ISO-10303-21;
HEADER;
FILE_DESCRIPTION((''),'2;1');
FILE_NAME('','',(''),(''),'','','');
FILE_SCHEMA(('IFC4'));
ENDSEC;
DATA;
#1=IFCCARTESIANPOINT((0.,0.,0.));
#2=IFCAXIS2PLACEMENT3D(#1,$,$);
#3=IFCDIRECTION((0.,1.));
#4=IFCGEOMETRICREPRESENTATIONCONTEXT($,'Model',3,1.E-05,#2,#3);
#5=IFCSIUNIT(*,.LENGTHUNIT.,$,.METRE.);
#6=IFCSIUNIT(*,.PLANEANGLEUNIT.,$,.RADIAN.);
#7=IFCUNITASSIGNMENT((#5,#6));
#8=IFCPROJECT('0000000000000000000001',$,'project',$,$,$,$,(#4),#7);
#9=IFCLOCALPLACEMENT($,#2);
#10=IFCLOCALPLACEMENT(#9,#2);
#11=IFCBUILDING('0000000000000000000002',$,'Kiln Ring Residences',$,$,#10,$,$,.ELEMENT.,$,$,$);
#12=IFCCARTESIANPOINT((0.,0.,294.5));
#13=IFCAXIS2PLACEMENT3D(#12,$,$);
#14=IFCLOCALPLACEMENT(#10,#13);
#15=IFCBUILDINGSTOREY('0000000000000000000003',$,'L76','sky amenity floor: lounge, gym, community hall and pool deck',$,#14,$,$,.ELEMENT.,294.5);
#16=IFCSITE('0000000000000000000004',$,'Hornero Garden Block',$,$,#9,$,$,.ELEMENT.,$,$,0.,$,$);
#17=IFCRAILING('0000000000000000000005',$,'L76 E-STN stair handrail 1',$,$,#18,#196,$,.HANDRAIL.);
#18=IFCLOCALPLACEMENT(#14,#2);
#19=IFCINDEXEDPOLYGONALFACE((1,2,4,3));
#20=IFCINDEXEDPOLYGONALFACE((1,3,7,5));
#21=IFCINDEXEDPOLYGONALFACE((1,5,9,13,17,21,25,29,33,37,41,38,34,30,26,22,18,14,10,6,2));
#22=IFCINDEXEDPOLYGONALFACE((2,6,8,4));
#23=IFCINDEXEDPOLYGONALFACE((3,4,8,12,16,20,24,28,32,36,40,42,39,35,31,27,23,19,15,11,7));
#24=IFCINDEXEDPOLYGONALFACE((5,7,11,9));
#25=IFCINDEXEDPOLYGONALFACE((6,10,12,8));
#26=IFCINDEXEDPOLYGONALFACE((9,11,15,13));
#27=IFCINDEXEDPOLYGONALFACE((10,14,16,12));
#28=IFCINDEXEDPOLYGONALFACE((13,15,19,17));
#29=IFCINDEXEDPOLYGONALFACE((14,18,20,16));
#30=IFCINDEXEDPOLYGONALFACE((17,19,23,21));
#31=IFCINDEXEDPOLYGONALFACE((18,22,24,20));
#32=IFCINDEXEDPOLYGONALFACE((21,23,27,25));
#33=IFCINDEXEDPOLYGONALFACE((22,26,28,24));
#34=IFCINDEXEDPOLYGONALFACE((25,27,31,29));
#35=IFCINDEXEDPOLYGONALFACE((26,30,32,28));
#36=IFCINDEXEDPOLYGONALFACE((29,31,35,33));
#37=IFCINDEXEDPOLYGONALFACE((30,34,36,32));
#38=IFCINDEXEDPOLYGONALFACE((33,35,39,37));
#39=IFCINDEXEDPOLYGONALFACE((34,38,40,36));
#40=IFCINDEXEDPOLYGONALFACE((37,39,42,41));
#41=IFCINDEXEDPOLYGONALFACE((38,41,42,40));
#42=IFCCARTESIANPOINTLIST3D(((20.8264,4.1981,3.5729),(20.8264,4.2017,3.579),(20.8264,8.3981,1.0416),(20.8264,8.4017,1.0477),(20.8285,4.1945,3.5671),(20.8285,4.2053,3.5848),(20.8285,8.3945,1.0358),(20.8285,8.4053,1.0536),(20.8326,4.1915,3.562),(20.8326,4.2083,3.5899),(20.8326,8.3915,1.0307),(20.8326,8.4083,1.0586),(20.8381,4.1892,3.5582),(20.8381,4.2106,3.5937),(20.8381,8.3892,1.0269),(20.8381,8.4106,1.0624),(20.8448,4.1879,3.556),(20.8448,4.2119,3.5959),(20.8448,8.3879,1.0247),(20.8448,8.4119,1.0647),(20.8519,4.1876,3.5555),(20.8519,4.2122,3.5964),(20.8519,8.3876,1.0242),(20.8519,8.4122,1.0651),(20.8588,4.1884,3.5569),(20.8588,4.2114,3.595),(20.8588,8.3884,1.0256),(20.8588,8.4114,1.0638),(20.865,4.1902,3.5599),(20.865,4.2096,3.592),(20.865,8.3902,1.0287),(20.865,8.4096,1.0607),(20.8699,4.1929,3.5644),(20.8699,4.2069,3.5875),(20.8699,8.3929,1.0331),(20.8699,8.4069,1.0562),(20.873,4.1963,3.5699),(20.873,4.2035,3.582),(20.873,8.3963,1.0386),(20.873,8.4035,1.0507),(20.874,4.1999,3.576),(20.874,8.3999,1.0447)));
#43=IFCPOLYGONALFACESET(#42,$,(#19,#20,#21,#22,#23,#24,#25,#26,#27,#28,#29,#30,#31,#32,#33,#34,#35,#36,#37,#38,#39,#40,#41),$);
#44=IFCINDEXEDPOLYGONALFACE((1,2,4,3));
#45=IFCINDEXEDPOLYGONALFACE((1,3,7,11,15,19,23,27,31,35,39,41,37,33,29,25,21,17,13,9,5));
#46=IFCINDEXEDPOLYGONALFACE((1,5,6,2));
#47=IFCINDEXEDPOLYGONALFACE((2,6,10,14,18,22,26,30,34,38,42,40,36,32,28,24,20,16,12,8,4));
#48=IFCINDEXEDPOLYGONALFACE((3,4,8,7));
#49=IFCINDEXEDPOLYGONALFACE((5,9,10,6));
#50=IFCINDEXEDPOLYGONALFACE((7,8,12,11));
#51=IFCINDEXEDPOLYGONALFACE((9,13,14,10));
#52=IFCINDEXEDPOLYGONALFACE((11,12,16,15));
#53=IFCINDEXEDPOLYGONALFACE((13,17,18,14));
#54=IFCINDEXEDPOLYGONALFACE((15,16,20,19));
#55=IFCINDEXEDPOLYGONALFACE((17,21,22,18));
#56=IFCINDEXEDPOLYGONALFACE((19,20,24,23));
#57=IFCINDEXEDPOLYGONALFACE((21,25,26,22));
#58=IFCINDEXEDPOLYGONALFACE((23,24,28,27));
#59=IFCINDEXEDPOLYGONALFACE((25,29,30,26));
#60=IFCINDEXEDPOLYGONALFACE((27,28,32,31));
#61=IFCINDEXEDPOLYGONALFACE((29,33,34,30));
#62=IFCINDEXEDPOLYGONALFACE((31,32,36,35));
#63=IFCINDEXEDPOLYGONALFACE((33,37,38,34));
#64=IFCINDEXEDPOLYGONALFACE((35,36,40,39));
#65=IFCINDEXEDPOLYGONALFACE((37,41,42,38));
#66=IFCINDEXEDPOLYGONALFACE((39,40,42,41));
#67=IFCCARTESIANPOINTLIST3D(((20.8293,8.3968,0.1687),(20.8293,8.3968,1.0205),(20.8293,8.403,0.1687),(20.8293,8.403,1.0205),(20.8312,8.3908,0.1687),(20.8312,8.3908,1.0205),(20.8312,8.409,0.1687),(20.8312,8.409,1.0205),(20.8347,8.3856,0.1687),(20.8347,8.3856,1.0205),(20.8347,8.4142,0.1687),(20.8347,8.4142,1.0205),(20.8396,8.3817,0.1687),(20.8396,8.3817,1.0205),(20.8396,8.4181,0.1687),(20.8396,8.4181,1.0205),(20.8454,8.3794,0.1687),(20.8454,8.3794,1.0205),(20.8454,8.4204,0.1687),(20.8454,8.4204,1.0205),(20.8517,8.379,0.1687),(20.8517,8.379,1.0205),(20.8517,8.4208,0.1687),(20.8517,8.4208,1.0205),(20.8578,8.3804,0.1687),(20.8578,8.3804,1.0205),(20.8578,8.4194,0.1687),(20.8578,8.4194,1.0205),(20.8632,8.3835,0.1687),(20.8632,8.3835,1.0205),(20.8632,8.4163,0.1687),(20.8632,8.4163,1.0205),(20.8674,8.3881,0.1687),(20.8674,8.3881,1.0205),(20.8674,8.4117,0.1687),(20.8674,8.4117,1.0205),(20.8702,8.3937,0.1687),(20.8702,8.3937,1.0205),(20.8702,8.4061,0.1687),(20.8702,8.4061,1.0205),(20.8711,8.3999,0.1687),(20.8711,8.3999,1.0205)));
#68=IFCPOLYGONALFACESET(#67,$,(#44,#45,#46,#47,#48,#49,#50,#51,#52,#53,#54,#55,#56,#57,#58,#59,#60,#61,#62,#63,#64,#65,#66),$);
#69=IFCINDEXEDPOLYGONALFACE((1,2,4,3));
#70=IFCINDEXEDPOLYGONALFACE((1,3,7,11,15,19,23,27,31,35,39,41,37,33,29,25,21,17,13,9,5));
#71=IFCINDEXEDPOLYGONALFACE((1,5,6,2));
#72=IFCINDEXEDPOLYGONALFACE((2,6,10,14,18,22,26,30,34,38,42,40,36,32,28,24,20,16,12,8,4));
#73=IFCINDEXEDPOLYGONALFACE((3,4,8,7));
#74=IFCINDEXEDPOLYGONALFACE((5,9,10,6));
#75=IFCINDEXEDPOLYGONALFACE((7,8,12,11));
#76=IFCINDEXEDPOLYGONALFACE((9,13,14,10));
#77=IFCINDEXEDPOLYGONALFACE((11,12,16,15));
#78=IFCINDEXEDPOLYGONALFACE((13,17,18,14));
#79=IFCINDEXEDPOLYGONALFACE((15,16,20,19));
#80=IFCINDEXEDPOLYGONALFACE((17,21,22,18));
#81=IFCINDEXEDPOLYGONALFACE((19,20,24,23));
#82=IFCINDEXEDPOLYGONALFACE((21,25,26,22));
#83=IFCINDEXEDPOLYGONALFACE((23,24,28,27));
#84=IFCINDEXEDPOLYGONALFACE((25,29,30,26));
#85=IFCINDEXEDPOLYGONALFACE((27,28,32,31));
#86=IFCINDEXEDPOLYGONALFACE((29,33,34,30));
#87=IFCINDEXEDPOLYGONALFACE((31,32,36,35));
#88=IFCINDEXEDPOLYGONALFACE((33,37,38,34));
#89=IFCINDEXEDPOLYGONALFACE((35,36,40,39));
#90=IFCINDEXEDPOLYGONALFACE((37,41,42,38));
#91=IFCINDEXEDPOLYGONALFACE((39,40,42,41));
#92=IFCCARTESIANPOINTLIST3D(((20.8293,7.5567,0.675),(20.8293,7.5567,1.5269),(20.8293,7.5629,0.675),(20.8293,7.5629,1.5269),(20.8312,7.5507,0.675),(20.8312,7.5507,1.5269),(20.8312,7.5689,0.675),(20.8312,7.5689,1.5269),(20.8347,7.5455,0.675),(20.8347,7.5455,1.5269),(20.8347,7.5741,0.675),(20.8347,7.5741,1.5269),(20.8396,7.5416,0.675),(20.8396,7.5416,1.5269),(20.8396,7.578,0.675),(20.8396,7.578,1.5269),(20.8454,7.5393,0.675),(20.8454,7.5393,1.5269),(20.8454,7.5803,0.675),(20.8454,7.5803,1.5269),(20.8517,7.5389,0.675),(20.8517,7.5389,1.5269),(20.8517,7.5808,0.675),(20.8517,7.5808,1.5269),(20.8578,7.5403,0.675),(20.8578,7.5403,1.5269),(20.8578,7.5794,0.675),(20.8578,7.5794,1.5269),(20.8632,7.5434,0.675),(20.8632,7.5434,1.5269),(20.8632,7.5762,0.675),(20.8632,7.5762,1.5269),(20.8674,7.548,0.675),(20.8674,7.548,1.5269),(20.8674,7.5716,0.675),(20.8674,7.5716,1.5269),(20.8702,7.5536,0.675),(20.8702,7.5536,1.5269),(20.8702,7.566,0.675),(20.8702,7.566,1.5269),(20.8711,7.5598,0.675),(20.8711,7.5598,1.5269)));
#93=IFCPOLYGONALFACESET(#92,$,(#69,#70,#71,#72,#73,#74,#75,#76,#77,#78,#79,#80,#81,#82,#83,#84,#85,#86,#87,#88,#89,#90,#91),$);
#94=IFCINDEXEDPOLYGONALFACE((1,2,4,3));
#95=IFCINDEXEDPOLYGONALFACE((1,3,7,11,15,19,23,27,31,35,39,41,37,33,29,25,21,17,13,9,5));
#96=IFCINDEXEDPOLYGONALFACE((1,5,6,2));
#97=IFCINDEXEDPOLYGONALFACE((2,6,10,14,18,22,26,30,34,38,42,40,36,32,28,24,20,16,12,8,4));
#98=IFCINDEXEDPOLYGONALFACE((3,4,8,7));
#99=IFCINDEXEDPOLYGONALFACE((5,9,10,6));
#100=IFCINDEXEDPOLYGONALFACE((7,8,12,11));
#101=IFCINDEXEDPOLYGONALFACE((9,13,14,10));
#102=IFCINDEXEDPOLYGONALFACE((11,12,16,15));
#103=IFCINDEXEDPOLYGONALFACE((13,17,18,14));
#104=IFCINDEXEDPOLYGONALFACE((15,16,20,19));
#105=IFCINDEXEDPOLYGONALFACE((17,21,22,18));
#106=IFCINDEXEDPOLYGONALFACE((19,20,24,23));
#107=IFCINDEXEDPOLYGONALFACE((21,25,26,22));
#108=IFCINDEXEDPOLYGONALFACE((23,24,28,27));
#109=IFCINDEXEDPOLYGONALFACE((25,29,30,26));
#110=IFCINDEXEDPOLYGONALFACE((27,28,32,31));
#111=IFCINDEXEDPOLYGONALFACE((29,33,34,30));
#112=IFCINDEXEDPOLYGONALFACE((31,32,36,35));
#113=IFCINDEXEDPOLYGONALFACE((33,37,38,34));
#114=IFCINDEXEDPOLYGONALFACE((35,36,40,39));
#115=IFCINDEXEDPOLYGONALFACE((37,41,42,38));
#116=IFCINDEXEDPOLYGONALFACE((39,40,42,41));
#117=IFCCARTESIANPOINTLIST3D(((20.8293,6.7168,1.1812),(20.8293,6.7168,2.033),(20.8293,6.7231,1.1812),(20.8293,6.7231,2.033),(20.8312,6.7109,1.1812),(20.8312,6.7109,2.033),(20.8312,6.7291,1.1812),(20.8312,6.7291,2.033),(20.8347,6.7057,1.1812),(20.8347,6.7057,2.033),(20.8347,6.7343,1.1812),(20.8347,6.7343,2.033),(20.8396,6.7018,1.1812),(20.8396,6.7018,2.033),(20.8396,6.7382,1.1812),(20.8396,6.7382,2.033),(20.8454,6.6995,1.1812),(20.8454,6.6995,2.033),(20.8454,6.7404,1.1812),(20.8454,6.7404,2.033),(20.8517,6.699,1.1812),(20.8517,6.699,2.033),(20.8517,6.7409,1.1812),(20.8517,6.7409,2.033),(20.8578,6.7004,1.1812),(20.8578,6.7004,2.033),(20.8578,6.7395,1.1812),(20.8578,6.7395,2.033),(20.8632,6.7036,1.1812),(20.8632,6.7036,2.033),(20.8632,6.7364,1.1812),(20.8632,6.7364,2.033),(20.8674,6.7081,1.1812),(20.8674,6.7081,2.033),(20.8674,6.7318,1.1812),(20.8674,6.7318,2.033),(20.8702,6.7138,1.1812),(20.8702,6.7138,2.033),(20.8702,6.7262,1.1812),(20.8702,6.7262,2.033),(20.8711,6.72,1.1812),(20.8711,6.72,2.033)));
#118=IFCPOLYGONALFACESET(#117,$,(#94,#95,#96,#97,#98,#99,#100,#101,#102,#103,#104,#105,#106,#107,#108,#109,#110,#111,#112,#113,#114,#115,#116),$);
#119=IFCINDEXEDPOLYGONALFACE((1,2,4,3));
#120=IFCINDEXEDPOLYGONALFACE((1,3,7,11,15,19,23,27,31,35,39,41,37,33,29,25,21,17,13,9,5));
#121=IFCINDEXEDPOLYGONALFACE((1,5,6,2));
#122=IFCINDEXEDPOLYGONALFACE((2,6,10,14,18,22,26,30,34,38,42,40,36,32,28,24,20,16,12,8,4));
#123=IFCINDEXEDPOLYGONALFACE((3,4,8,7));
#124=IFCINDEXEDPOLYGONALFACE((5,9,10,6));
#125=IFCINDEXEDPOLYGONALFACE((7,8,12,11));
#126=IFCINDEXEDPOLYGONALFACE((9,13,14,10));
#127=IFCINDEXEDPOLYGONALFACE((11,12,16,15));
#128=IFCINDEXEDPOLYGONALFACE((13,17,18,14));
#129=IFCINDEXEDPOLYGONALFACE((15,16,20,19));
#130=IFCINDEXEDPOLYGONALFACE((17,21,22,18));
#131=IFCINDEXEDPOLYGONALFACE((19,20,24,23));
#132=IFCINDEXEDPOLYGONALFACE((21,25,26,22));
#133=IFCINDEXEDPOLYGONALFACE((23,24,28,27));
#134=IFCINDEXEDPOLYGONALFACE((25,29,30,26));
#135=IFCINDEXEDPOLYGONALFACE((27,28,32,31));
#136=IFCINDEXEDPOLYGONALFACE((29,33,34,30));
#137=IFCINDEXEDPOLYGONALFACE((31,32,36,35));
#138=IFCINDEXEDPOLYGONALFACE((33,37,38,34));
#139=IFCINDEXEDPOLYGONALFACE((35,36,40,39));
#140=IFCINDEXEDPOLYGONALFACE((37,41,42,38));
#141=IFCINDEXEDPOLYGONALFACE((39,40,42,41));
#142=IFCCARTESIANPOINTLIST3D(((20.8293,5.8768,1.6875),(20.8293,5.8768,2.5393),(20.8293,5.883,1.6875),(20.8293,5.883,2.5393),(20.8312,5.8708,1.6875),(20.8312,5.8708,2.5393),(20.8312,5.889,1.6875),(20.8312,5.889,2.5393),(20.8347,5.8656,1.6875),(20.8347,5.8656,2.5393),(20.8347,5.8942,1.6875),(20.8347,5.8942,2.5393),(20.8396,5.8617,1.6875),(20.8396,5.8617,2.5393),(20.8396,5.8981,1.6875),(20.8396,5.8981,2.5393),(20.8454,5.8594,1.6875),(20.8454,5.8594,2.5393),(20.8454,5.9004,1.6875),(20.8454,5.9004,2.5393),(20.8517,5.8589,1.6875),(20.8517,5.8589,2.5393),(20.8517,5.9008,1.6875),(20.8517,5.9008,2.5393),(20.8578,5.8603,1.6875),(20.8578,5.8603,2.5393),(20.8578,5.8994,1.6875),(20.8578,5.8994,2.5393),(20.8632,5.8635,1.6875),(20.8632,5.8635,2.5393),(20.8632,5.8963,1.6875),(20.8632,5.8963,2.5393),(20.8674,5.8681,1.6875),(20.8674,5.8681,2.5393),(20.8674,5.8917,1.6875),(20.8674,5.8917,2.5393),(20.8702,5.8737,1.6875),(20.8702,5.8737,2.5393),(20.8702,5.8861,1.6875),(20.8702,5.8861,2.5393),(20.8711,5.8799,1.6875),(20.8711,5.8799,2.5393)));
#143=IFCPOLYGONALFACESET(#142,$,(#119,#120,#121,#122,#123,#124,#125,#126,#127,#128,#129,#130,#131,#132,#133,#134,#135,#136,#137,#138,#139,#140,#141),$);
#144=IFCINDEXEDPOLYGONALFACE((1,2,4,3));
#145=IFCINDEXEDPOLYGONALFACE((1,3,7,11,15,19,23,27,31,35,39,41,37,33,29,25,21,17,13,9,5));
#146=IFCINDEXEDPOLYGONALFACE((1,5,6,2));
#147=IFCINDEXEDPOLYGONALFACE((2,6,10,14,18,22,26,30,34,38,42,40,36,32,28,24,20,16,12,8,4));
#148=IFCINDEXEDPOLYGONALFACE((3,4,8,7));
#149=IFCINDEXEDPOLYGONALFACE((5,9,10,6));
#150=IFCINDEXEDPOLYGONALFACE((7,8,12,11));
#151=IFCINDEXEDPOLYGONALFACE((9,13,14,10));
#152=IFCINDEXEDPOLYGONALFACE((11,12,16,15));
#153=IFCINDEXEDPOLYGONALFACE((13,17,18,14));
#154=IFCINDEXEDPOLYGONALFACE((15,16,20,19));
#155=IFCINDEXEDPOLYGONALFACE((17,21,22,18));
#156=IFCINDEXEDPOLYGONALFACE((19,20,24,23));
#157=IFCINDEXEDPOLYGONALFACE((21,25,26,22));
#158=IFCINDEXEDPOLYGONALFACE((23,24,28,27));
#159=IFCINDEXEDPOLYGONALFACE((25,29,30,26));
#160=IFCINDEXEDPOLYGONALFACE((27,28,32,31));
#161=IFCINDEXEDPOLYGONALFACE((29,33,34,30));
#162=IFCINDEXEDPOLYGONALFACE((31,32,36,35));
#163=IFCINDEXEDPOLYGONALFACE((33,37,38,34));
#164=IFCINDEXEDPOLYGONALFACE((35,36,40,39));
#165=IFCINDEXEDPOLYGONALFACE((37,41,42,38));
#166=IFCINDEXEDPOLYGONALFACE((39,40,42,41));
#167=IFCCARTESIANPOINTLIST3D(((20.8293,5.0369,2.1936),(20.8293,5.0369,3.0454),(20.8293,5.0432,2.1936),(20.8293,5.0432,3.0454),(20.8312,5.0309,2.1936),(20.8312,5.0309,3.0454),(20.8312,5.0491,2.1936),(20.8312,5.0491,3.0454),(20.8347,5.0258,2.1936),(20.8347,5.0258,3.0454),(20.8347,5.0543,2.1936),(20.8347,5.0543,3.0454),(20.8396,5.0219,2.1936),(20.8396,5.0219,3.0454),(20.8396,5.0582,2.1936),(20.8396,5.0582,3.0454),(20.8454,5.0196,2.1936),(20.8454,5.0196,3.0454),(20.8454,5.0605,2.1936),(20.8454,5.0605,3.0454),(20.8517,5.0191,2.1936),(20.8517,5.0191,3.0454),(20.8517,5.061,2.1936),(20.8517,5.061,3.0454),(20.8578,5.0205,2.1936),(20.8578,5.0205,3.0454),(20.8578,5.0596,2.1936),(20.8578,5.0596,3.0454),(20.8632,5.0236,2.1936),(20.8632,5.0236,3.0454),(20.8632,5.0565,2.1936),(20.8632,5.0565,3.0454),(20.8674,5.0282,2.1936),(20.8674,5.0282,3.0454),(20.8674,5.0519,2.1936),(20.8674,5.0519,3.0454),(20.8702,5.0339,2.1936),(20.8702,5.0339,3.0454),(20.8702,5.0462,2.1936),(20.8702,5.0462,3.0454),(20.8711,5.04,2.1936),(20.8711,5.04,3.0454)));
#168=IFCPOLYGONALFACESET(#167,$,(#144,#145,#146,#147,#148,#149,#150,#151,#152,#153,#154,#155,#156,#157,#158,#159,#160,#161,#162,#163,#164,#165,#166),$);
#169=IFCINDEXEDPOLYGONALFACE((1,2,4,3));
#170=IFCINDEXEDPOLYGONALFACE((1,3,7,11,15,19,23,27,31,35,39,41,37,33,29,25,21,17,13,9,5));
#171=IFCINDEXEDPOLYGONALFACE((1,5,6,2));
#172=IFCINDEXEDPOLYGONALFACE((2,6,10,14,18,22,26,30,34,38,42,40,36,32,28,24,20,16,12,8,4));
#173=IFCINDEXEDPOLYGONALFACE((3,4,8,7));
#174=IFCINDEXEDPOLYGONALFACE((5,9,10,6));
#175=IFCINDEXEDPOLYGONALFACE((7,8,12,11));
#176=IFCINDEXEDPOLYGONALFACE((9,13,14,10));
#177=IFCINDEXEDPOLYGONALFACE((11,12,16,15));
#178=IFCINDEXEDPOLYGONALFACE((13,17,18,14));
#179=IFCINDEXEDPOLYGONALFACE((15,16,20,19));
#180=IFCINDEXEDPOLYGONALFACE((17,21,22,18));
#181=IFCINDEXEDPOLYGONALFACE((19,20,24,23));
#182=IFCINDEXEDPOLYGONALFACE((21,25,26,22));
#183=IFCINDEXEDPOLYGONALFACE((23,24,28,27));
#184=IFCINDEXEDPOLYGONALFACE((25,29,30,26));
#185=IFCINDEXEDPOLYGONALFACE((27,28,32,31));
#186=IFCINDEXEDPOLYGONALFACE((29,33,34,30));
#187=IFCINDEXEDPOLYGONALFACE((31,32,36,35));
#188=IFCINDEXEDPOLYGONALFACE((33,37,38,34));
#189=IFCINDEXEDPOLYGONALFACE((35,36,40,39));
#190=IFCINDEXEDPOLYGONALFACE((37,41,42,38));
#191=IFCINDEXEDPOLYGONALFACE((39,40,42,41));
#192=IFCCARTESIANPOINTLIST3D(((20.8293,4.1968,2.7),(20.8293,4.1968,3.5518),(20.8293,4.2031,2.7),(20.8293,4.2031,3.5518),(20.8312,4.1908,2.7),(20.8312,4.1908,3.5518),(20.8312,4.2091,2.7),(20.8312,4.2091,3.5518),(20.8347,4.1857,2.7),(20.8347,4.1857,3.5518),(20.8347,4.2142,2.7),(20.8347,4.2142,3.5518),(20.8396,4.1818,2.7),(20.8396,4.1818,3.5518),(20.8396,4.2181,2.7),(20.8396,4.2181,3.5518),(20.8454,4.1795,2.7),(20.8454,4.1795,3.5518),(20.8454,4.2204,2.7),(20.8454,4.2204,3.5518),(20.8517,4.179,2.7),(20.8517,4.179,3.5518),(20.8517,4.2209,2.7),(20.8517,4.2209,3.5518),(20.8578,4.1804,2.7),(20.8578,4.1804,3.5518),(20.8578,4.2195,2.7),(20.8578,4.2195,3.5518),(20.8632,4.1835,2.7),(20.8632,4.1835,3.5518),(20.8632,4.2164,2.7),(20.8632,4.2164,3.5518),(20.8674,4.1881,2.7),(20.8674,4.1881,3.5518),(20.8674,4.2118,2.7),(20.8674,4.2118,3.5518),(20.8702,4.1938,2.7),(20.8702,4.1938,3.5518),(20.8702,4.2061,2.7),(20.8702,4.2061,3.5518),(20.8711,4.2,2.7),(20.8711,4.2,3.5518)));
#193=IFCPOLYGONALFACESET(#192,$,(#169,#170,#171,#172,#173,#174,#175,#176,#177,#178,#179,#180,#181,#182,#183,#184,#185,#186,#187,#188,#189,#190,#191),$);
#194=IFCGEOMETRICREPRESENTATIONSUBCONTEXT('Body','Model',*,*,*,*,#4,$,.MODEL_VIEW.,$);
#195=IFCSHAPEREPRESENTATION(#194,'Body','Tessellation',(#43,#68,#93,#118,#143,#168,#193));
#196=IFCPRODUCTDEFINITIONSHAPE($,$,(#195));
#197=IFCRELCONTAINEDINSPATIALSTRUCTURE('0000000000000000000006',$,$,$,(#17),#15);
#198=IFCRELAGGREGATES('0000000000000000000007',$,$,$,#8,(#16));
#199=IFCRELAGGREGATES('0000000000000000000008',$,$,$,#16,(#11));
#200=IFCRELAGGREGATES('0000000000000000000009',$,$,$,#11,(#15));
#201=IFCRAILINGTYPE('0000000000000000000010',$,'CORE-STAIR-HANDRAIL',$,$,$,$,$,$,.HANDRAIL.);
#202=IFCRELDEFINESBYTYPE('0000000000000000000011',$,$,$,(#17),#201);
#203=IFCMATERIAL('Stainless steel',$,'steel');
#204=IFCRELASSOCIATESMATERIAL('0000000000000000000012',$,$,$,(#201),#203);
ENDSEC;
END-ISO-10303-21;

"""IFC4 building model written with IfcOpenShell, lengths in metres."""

from ifc_helpers import new_model, si_unit, direction, frame, origin, origin_2d, place, context, subcontext, project, spatial, circle, extrude, material, type_object, element, save


model = new_model("IFC4")

# Units and contexts
model_context = context("Model", 3, precision=1e-05, world=origin(), true_north=direction((0.0, 1.0)))
body_context = subcontext(model_context, "Body", "Model", "MODEL_VIEW")
ifc_project = project(units=[si_unit("LENGTHUNIT", "METRE"), si_unit("PLANEANGLEUNIT", "RADIAN")], contexts=[model_context])

# Site, building, storey
site_placement = place(None, origin())
site = spatial("IfcSite", under=ifc_project, at=site_placement, Name="Hornero Garden Block", CompositionType="ELEMENT", RefElevation=0.0)
building_placement = place(site_placement, origin())
building = spatial("IfcBuilding", under=site, at=building_placement, Name="Kiln Ring Residences", CompositionType="ELEMENT")
storey_placement = place(building_placement, frame((0.0, 0.0, 294.5)))
storey = spatial("IfcBuildingStorey", under=building, at=storey_placement, Name="L76", Description="sky amenity floor: lounge, gym, community hall and pool deck", CompositionType="ELEMENT", Elevation=294.5)

# Railing
ifc_material_1 = material(Name="Stainless steel", Category="steel")
railing_type_1 = type_object("IfcRailingType", Name="CORE-STAIR-HANDRAIL", PredefinedType="HANDRAIL", material=ifc_material_1)
railing_1_placement = place(storey_placement, frame((20.8501, 8.3999, 0.1687)))
element("IfcRailing", 1, at=railing_1_placement, inside=storey, type_object=railing_type_1, Name="L76 E-STN stair handrail 1", PredefinedType="HANDRAIL", context=body_context, shape_type="SweptSolid", body=[
    extrude(circle(Radius=0.0239, at=origin_2d()), frame((0.0, 0.0, 0.876), z_axis=(0.0, -0.856476, 0.516186), x_axis=(1.0, 0.0, 0.0)), (0.0, 0.0, 1.0), 4.9038),
    extrude(circle(Radius=0.021, at=origin_2d()), origin(), (0.0, 0.0, 1.0), 0.8518),
    extrude(circle(Radius=0.021, at=origin_2d()), frame((0.0, -0.8401, 0.5063)), (0.0, 0.0, 1.0), 0.8518),
    extrude(circle(Radius=0.021, at=origin_2d()), frame((0.0, -1.6799, 1.0125)), (0.0, 0.0, 1.0), 0.8518),
    extrude(circle(Radius=0.021, at=origin_2d()), frame((0.0, -2.52, 1.5188)), (0.0, 0.0, 1.0), 0.8518),
    extrude(circle(Radius=0.021, at=origin_2d()), frame((0.0, -3.3599, 2.0249)), (0.0, 0.0, 1.0), 0.8518),
    extrude(circle(Radius=0.021, at=origin_2d()), frame((0.0, -4.2, 2.5312)), (0.0, 0.0, 1.0), 0.8518),
])

save(model, "model.ifc")
